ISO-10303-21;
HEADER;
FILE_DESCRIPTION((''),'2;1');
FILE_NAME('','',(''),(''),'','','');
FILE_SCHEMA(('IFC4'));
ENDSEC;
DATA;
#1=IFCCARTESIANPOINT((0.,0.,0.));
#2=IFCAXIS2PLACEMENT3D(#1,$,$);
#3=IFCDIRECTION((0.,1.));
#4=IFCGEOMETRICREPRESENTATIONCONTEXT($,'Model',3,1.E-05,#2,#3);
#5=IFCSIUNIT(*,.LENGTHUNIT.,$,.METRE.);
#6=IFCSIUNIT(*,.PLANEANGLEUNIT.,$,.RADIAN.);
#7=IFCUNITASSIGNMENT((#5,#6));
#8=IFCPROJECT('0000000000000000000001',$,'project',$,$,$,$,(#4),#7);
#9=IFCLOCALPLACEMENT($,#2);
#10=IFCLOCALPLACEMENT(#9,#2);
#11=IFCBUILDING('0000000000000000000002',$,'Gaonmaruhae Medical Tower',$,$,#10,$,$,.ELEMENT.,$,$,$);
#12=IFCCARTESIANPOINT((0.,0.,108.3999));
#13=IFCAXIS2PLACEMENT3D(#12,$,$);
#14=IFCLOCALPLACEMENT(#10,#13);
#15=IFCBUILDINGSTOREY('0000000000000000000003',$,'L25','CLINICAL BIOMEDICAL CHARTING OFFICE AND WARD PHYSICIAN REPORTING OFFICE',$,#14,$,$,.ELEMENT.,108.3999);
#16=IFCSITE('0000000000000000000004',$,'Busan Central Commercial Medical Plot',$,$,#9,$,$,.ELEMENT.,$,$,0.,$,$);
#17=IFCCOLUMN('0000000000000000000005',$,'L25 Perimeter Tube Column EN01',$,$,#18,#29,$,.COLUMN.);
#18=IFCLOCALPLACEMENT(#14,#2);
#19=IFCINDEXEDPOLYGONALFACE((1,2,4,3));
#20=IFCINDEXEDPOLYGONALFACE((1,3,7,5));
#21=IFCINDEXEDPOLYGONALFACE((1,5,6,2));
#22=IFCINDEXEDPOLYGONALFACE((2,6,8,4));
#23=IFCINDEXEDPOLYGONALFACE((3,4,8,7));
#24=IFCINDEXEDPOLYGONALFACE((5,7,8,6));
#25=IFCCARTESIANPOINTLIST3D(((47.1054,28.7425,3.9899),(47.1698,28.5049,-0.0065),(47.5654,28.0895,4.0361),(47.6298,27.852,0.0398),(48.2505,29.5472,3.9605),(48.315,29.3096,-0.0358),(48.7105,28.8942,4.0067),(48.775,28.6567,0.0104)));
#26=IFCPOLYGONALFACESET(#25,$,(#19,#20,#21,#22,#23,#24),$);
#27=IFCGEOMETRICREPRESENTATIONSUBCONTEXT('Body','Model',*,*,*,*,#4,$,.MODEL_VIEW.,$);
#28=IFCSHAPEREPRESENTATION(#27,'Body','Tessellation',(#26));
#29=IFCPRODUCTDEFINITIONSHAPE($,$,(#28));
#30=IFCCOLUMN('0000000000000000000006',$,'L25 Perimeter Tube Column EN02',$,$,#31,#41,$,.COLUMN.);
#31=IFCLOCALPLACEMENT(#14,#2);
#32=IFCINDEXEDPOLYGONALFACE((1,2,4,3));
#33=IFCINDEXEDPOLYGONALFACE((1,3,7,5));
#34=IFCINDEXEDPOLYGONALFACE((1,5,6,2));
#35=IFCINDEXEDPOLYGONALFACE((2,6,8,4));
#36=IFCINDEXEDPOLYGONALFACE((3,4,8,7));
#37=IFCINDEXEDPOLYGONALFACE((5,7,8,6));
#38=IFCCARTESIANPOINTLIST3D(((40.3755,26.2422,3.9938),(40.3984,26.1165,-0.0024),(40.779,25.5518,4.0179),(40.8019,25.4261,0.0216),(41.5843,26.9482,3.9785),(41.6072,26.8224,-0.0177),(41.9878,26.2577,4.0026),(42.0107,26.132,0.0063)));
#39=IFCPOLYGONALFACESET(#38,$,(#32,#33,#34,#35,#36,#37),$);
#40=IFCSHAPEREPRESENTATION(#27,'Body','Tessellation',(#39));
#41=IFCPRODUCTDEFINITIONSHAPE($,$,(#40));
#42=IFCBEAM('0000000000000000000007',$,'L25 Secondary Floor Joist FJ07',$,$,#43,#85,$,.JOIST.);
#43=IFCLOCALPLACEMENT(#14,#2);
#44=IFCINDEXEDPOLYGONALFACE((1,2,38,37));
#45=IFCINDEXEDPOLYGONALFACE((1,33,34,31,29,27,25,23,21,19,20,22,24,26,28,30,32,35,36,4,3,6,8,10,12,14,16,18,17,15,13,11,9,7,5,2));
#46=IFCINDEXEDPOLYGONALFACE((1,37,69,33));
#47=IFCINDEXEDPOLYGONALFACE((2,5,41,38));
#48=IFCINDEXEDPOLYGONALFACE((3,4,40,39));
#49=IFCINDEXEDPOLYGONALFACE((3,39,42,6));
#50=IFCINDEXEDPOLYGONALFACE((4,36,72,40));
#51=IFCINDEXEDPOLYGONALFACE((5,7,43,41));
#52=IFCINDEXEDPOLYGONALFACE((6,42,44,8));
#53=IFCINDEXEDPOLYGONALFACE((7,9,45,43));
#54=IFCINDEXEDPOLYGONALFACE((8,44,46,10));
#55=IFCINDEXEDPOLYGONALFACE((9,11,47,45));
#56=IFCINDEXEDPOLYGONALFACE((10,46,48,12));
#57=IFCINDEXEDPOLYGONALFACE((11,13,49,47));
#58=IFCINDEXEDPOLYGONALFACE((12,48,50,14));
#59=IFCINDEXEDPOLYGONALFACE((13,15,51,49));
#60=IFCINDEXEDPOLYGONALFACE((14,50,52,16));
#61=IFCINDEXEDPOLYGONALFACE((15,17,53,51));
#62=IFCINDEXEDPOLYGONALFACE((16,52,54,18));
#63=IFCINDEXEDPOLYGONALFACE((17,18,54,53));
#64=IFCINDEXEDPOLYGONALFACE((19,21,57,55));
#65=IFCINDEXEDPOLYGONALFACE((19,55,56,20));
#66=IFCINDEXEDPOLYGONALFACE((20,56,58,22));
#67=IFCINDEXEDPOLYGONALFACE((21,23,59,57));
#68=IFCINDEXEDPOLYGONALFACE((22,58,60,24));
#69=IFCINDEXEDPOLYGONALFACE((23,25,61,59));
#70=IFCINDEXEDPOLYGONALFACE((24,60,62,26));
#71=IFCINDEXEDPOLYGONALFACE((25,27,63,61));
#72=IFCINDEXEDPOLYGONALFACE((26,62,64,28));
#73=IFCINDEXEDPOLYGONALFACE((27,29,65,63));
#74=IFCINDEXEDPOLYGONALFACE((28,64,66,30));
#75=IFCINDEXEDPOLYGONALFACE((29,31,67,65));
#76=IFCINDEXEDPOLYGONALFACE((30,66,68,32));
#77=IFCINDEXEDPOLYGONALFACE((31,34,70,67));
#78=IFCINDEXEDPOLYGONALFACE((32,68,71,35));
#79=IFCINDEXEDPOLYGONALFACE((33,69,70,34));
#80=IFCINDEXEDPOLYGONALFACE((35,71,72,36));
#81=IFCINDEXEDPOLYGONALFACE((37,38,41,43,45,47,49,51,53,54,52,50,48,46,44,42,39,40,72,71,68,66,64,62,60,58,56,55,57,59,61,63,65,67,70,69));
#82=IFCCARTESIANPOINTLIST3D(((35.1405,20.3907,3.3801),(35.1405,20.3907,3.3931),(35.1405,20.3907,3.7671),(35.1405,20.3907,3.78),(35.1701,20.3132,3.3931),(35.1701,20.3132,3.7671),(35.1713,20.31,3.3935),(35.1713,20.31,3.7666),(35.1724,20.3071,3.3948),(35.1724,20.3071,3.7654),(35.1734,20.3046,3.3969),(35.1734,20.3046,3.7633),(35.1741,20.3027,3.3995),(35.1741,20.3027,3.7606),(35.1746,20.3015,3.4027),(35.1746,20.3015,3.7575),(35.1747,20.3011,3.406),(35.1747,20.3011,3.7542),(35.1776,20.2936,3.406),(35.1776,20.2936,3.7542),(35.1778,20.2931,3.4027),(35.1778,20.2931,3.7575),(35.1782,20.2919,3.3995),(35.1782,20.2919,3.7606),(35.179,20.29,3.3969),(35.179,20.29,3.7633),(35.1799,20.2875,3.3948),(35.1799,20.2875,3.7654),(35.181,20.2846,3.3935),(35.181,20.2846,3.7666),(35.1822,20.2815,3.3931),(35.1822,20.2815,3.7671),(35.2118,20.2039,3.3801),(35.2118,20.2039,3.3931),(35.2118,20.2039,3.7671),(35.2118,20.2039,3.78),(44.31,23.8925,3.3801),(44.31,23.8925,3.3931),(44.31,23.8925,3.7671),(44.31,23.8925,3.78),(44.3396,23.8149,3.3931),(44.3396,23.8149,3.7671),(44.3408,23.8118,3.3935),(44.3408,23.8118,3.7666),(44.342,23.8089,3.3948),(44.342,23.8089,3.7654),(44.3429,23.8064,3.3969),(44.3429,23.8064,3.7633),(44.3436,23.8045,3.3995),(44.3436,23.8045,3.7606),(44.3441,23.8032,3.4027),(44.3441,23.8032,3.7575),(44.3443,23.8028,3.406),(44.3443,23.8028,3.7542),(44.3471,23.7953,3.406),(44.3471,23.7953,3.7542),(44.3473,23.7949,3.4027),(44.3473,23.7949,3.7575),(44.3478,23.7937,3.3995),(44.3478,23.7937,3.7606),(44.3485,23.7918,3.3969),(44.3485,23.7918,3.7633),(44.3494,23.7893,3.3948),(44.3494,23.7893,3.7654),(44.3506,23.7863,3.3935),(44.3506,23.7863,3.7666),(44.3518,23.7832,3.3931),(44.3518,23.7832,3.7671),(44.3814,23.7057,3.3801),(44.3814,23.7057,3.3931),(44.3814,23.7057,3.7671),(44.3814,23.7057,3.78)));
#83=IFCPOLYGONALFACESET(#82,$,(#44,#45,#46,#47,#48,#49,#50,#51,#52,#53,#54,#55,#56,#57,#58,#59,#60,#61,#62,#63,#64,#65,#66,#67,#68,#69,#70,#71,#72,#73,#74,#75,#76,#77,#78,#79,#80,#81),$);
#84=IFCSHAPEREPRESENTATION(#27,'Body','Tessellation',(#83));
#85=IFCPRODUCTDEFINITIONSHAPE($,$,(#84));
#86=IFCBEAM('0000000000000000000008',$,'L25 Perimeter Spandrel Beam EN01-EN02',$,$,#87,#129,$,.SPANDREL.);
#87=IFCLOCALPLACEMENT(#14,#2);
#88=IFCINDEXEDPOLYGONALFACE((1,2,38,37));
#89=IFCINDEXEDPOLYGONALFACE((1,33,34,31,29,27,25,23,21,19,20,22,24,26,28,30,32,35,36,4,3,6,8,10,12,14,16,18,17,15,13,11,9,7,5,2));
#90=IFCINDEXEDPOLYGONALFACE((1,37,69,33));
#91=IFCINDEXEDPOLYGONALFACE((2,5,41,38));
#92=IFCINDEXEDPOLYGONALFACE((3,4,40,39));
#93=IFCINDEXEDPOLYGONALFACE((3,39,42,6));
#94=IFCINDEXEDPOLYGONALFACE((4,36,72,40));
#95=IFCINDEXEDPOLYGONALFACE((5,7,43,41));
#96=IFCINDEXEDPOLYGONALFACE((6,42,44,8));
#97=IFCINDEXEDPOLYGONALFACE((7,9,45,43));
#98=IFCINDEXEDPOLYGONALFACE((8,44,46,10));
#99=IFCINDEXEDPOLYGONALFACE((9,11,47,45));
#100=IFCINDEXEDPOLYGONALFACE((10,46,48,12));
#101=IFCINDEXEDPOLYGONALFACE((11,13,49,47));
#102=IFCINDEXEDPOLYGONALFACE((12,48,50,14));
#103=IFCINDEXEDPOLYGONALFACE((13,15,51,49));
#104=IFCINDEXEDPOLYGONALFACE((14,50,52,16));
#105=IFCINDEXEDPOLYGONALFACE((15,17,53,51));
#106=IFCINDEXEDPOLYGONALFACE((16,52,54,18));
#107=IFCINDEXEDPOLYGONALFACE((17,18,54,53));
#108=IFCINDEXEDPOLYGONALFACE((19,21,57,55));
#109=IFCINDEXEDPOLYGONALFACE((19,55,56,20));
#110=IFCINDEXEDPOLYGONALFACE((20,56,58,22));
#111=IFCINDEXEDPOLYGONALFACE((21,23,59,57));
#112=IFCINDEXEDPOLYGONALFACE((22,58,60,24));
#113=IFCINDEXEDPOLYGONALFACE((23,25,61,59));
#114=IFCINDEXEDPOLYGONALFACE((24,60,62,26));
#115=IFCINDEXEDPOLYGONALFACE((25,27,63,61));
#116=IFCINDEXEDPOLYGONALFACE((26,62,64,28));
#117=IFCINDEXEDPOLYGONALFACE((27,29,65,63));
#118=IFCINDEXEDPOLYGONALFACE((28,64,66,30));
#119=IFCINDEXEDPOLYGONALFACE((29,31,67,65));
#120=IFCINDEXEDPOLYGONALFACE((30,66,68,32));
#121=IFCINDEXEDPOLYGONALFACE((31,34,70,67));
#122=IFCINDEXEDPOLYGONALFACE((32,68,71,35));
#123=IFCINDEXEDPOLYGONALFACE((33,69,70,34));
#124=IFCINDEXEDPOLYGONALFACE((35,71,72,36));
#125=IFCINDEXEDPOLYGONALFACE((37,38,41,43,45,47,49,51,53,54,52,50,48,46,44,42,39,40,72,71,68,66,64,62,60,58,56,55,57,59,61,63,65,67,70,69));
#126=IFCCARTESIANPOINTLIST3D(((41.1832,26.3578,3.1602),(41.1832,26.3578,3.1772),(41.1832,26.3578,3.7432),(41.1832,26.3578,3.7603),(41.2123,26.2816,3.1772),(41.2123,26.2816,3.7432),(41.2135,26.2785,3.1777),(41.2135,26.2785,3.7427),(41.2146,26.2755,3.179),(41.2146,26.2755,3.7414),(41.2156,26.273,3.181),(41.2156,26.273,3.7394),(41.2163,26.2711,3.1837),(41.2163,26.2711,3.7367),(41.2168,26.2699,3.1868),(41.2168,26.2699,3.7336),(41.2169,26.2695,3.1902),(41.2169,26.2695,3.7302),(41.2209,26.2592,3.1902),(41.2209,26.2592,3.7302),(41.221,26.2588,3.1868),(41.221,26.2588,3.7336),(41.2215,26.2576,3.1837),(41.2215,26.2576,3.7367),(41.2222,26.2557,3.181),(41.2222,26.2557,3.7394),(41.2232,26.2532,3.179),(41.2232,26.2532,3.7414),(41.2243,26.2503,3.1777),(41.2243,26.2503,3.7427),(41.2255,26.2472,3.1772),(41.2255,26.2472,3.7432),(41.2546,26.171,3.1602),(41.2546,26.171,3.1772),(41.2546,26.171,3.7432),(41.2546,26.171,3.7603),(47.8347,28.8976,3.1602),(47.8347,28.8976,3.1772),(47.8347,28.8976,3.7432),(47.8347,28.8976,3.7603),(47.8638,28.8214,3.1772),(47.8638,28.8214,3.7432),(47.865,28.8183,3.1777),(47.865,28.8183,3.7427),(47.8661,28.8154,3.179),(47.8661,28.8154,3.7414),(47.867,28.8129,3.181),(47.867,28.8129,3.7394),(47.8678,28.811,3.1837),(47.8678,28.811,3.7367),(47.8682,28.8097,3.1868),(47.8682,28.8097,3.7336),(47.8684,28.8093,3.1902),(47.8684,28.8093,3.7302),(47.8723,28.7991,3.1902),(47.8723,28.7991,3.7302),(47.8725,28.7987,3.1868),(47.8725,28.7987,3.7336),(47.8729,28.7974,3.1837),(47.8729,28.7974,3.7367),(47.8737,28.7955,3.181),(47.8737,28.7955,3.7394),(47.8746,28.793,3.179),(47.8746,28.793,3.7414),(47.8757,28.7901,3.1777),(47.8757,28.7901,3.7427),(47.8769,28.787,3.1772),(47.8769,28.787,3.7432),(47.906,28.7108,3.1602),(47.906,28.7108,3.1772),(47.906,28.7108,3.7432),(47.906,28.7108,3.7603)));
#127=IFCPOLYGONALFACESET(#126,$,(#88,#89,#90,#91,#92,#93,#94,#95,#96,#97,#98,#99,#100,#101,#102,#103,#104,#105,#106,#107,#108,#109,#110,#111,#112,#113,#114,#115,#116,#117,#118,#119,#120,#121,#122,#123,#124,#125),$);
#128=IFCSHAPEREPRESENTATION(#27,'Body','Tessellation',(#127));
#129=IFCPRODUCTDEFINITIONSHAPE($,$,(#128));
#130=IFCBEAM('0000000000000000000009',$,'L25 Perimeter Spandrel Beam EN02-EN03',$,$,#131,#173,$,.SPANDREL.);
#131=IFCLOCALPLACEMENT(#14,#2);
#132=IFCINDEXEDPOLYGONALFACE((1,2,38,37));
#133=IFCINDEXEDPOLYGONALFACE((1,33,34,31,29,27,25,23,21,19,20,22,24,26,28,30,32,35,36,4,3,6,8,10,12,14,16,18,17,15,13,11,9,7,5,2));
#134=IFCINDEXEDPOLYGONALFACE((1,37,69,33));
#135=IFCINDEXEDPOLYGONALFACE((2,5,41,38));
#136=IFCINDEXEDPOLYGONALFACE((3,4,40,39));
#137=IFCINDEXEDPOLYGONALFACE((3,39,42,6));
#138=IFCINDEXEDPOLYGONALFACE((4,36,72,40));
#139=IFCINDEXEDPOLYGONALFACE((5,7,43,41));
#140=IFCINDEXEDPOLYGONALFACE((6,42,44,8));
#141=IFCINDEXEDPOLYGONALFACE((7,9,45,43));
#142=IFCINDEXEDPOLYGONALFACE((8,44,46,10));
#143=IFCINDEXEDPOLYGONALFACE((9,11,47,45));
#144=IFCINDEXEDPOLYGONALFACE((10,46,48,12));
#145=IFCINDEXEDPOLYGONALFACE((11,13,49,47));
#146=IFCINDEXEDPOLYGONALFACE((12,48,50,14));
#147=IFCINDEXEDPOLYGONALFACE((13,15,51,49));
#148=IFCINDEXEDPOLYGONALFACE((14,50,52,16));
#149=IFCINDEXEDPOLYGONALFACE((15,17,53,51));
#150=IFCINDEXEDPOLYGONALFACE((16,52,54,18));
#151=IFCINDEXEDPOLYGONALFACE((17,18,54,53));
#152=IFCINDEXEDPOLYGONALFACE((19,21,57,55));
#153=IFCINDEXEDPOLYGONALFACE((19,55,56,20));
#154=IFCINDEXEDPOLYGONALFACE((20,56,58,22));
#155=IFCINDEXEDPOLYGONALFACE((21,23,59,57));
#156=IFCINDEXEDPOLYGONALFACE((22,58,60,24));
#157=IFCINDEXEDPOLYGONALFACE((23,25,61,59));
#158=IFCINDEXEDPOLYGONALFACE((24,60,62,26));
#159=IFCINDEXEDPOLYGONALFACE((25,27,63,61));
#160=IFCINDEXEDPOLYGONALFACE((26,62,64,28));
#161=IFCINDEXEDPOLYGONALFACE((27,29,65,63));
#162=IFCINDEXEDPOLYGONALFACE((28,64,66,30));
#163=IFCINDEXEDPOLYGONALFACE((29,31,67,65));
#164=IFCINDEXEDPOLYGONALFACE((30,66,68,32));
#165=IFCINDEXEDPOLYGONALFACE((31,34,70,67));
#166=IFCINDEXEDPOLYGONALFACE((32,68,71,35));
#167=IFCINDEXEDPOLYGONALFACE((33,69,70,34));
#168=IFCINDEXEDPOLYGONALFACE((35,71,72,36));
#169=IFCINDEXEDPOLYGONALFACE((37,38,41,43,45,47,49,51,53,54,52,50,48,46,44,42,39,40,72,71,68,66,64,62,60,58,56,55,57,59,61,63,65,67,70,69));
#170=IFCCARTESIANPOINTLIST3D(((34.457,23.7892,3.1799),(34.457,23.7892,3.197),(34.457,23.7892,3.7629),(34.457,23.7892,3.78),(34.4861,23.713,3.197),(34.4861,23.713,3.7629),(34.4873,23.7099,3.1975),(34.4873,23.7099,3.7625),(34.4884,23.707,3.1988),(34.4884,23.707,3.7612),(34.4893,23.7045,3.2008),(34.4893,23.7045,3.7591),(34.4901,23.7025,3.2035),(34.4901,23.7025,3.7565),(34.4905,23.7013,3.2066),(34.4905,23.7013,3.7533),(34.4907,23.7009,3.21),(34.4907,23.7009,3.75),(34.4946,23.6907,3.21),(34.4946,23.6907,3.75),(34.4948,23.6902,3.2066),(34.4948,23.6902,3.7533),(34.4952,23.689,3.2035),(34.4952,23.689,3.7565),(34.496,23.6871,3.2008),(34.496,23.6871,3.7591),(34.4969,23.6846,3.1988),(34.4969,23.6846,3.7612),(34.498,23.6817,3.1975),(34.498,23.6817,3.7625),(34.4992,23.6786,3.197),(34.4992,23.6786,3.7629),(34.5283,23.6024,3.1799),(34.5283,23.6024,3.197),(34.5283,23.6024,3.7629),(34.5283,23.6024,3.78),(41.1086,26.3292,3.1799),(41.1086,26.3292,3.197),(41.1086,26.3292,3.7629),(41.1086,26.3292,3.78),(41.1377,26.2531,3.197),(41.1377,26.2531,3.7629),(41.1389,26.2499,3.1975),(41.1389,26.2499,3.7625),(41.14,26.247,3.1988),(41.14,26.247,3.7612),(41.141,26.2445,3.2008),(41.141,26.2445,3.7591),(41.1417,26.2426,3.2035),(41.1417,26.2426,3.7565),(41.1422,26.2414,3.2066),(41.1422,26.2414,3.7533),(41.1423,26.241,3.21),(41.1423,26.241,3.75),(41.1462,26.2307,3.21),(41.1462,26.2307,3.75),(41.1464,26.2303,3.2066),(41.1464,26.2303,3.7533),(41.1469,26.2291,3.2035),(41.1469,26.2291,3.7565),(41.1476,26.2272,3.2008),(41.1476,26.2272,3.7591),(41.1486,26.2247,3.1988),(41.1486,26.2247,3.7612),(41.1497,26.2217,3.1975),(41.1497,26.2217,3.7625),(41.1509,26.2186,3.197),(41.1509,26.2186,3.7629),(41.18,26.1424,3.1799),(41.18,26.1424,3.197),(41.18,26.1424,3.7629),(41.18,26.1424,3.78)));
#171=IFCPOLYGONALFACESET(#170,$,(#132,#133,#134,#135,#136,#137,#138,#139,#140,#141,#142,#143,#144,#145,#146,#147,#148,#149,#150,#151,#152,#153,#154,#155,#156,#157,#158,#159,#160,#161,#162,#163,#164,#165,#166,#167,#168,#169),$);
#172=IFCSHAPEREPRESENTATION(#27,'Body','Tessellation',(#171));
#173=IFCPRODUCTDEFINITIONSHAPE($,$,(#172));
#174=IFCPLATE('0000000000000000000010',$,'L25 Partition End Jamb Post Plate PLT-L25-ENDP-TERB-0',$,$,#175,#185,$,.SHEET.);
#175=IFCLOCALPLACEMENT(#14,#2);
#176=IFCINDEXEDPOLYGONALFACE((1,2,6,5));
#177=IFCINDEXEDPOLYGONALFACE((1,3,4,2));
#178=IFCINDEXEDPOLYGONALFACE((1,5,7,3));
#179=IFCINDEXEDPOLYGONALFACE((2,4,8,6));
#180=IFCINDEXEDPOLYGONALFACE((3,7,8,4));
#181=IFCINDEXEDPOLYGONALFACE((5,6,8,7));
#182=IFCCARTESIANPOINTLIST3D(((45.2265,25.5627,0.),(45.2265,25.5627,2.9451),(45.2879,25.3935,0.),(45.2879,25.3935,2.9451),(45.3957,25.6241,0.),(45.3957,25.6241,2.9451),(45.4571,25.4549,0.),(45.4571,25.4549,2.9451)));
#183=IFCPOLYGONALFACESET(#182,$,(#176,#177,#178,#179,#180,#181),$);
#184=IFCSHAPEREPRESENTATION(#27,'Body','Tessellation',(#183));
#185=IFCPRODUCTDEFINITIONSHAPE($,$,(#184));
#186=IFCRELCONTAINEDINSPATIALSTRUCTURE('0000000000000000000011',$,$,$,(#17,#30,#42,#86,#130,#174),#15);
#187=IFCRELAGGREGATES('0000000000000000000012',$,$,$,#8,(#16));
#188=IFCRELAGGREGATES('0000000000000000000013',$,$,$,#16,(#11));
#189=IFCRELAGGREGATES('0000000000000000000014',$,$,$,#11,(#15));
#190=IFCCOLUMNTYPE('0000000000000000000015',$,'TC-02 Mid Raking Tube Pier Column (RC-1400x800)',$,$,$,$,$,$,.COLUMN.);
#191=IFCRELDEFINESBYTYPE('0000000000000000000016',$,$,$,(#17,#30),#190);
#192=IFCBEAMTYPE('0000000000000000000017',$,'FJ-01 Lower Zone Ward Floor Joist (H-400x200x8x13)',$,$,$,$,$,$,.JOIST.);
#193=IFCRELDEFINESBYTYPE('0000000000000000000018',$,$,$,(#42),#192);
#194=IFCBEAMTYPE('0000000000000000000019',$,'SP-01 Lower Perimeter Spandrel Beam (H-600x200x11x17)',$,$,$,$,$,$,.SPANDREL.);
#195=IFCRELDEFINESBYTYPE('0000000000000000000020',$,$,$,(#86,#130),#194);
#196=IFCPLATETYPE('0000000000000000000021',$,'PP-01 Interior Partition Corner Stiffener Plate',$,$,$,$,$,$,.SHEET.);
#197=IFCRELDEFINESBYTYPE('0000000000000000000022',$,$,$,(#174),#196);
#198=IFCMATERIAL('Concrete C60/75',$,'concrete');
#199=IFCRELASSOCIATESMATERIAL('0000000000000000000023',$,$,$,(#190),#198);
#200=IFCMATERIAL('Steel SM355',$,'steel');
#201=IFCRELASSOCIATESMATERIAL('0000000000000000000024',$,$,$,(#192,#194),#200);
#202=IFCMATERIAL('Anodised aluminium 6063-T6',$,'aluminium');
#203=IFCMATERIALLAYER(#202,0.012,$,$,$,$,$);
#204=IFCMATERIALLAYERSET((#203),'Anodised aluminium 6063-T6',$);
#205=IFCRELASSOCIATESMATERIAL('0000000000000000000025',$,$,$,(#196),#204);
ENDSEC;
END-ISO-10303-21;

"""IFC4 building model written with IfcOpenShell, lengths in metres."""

from ifc_helpers import new_model, si_unit, direction, frame, origin, origin_2d, place, context, subcontext, project, spatial, rectangle, i_section, extrude, material, layer, layer_set, material_profile, profile_set, type_object, element, save


model = new_model("IFC4")

# Units and contexts
model_context = context("Model", 3, precision=1e-05, world=origin(), true_north=direction((0.0, 1.0)))
body_context = subcontext(model_context, "Body", "Model", "MODEL_VIEW")
ifc_project = project(units=[si_unit("LENGTHUNIT", "METRE"), si_unit("PLANEANGLEUNIT", "RADIAN")], contexts=[model_context])

# Site, building, storey
site_placement = place(None, origin())
site = spatial("IfcSite", under=ifc_project, at=site_placement, Name="Busan Central Commercial Medical Plot", CompositionType="ELEMENT", RefElevation=0.0)
building_placement = place(site_placement, origin())
building = spatial("IfcBuilding", under=site, at=building_placement, Name="Gaonmaruhae Medical Tower", CompositionType="ELEMENT")
storey_placement = place(building_placement, frame((0.0, 0.0, 108.3999)))
storey = spatial("IfcBuildingStorey", under=building, at=storey_placement, Name="L25", Description="CLINICAL BIOMEDICAL CHARTING OFFICE AND WARD PHYSICIAN REPORTING OFFICE", CompositionType="ELEMENT", Elevation=108.3999)

# Columns
ifc_material_1 = material(Name="Concrete C60/75", Category="concrete")
ifc_material_profile_1 = material_profile(ifc_material_1, rectangle(XDim=1.3999, YDim=0.8, at=origin_2d()), Name="RC-1400x800")
ifc_profile_set_1 = profile_set([ifc_material_profile_1], Name="Concrete C60/75")
column_type = type_object("IfcColumnType", Name="TC-02 Mid Raking Tube Pier Column (RC-1400x800)", PredefinedType="COLUMN", material=ifc_profile_set_1)
column_1_placement = place(storey_placement, frame((47.9724, 28.5808, 0.002), z_axis=(-0.016098, 0.059329, 0.998109), x_axis=(-0.818014, -0.574816, 0.020975)))
element("IfcColumn", 1, at=column_1_placement, inside=storey, type_object=column_type, Name="L25 Perimeter Tube Column EN01", PredefinedType="COLUMN", context=body_context, shape_type="SweptSolid", body=[
    extrude(rectangle(XDim=1.3999, YDim=0.8, at=origin_2d()), origin(), (0.0, 0.0, 1.0), 4.0039),
])
column_2_placement = place(storey_placement, frame((41.2046, 26.1243, 0.002), z_axis=(-0.00574, 0.031446, 0.999489), x_axis=(-0.86348, -0.504266, 0.010907)))
element("IfcColumn", 2, at=column_2_placement, inside=storey, type_object=column_type, Name="L25 Perimeter Tube Column EN02", PredefinedType="COLUMN", context=body_context, shape_type="SweptSolid", body=[
    extrude(rectangle(XDim=1.3999, YDim=0.8, at=origin_2d()), origin(), (0.0, 0.0, 1.0), 3.9983),
])

# Beams
ifc_material_2 = material(Name="Steel SM355", Category="steel")
ifc_material_profile_2 = material_profile(ifc_material_2, i_section(OverallWidth=0.2, OverallDepth=0.3999, WebThickness=0.0081, FlangeThickness=0.0129, FilletRadius=0.0129, at=origin_2d()), Name="H-400x200x8x13")
ifc_profile_set_2 = profile_set([ifc_material_profile_2], Name="Steel SM355")
beam_type_1 = type_object("IfcBeamType", Name="FJ-01 Lower Zone Ward Floor Joist (H-400x200x8x13)", PredefinedType="JOIST", material=ifc_profile_set_2)
beam_1_placement = place(storey_placement, frame((44.3457, 23.7991, 3.5801), z_axis=(-0.934196, -0.35676, 0.0), x_axis=(0.35676, -0.934196, 0.0)))
element("IfcBeam", 3, at=beam_1_placement, inside=storey, type_object=beam_type_1, Name="L25 Secondary Floor Joist FJ07", PredefinedType="JOIST", context=body_context, shape_type="SweptSolid", body=[
    extrude(i_section(OverallWidth=0.2, OverallDepth=0.3999, WebThickness=0.0081, FlangeThickness=0.0129, FilletRadius=0.0129, at=origin_2d()), origin(), (0.0, 0.0, 1.0), 9.8154),
])
ifc_material_profile_3 = material_profile(ifc_material_2, i_section(OverallWidth=0.2, OverallDepth=0.6001, WebThickness=0.011, FlangeThickness=0.0171, FilletRadius=0.0129, at=origin_2d()), Name="H-600x200x11x17")
ifc_profile_set_3 = profile_set([ifc_material_profile_3], Name="Steel SM355")
beam_type_2 = type_object("IfcBeamType", Name="SP-01 Lower Perimeter Spandrel Beam (H-600x200x11x17)", PredefinedType="SPANDREL", material=ifc_profile_set_3)
beam_2_placement = place(storey_placement, frame((47.8704, 28.8042, 3.4602), z_axis=(-0.93421, -0.356724, 0.0), x_axis=(0.356724, -0.93421, 0.0)))
element("IfcBeam", 4, at=beam_2_placement, inside=storey, type_object=beam_type_2, Name="L25 Perimeter Spandrel Beam EN01-EN02", PredefinedType="SPANDREL", context=body_context, shape_type="SweptSolid", body=[
    extrude(i_section(OverallWidth=0.2, OverallDepth=0.6001, WebThickness=0.011, FlangeThickness=0.0171, FilletRadius=0.0129, at=origin_2d()), origin(), (0.0, 0.0, 1.0), 7.1199),
])
beam_3_placement = place(storey_placement, frame((41.1443, 26.2358, 3.48), z_axis=(-0.934203, -0.356742, 0.0), x_axis=(0.356742, -0.934203, 0.0)))
element("IfcBeam", 5, at=beam_3_placement, inside=storey, type_object=beam_type_2, Name="L25 Perimeter Spandrel Beam EN02-EN03", PredefinedType="SPANDREL", context=body_context, shape_type="SweptSolid", body=[
    extrude(i_section(OverallWidth=0.2, OverallDepth=0.6001, WebThickness=0.011, FlangeThickness=0.0171, FilletRadius=0.0129, at=origin_2d()), origin(), (0.0, 0.0, 1.0), 7.1201),
])

# Plate
ifc_material_3 = material(Name="Anodised aluminium 6063-T6", Category="aluminium")
ifc_layer_1 = layer(ifc_material_3, 0.012)
ifc_layer_set_1 = layer_set([ifc_layer_1], Name="Anodised aluminium 6063-T6")
plate_type = type_object("IfcPlateType", Name="PP-01 Interior Partition Corner Stiffener Plate", PredefinedType="SHEET", material=ifc_layer_set_1)
plate_1_placement = place(storey_placement, frame((45.3418, 25.5088, 0.0), z_axis=(0.0, 0.0, 1.0), x_axis=(0.939991, 0.3412, 0.0)))
element("IfcPlate", 6, at=plate_1_placement, inside=storey, type_object=plate_type, Name="L25 Partition End Jamb Post Plate PLT-L25-ENDP-TERB-0", PredefinedType="SHEET", context=body_context, shape_type="SweptSolid", body=[
    extrude(rectangle(XDim=0.1799, YDim=0.1799, at=origin_2d()), origin(), (0.0, 0.0, 1.0), 2.9451),
])

save(model, "model.ifc")
